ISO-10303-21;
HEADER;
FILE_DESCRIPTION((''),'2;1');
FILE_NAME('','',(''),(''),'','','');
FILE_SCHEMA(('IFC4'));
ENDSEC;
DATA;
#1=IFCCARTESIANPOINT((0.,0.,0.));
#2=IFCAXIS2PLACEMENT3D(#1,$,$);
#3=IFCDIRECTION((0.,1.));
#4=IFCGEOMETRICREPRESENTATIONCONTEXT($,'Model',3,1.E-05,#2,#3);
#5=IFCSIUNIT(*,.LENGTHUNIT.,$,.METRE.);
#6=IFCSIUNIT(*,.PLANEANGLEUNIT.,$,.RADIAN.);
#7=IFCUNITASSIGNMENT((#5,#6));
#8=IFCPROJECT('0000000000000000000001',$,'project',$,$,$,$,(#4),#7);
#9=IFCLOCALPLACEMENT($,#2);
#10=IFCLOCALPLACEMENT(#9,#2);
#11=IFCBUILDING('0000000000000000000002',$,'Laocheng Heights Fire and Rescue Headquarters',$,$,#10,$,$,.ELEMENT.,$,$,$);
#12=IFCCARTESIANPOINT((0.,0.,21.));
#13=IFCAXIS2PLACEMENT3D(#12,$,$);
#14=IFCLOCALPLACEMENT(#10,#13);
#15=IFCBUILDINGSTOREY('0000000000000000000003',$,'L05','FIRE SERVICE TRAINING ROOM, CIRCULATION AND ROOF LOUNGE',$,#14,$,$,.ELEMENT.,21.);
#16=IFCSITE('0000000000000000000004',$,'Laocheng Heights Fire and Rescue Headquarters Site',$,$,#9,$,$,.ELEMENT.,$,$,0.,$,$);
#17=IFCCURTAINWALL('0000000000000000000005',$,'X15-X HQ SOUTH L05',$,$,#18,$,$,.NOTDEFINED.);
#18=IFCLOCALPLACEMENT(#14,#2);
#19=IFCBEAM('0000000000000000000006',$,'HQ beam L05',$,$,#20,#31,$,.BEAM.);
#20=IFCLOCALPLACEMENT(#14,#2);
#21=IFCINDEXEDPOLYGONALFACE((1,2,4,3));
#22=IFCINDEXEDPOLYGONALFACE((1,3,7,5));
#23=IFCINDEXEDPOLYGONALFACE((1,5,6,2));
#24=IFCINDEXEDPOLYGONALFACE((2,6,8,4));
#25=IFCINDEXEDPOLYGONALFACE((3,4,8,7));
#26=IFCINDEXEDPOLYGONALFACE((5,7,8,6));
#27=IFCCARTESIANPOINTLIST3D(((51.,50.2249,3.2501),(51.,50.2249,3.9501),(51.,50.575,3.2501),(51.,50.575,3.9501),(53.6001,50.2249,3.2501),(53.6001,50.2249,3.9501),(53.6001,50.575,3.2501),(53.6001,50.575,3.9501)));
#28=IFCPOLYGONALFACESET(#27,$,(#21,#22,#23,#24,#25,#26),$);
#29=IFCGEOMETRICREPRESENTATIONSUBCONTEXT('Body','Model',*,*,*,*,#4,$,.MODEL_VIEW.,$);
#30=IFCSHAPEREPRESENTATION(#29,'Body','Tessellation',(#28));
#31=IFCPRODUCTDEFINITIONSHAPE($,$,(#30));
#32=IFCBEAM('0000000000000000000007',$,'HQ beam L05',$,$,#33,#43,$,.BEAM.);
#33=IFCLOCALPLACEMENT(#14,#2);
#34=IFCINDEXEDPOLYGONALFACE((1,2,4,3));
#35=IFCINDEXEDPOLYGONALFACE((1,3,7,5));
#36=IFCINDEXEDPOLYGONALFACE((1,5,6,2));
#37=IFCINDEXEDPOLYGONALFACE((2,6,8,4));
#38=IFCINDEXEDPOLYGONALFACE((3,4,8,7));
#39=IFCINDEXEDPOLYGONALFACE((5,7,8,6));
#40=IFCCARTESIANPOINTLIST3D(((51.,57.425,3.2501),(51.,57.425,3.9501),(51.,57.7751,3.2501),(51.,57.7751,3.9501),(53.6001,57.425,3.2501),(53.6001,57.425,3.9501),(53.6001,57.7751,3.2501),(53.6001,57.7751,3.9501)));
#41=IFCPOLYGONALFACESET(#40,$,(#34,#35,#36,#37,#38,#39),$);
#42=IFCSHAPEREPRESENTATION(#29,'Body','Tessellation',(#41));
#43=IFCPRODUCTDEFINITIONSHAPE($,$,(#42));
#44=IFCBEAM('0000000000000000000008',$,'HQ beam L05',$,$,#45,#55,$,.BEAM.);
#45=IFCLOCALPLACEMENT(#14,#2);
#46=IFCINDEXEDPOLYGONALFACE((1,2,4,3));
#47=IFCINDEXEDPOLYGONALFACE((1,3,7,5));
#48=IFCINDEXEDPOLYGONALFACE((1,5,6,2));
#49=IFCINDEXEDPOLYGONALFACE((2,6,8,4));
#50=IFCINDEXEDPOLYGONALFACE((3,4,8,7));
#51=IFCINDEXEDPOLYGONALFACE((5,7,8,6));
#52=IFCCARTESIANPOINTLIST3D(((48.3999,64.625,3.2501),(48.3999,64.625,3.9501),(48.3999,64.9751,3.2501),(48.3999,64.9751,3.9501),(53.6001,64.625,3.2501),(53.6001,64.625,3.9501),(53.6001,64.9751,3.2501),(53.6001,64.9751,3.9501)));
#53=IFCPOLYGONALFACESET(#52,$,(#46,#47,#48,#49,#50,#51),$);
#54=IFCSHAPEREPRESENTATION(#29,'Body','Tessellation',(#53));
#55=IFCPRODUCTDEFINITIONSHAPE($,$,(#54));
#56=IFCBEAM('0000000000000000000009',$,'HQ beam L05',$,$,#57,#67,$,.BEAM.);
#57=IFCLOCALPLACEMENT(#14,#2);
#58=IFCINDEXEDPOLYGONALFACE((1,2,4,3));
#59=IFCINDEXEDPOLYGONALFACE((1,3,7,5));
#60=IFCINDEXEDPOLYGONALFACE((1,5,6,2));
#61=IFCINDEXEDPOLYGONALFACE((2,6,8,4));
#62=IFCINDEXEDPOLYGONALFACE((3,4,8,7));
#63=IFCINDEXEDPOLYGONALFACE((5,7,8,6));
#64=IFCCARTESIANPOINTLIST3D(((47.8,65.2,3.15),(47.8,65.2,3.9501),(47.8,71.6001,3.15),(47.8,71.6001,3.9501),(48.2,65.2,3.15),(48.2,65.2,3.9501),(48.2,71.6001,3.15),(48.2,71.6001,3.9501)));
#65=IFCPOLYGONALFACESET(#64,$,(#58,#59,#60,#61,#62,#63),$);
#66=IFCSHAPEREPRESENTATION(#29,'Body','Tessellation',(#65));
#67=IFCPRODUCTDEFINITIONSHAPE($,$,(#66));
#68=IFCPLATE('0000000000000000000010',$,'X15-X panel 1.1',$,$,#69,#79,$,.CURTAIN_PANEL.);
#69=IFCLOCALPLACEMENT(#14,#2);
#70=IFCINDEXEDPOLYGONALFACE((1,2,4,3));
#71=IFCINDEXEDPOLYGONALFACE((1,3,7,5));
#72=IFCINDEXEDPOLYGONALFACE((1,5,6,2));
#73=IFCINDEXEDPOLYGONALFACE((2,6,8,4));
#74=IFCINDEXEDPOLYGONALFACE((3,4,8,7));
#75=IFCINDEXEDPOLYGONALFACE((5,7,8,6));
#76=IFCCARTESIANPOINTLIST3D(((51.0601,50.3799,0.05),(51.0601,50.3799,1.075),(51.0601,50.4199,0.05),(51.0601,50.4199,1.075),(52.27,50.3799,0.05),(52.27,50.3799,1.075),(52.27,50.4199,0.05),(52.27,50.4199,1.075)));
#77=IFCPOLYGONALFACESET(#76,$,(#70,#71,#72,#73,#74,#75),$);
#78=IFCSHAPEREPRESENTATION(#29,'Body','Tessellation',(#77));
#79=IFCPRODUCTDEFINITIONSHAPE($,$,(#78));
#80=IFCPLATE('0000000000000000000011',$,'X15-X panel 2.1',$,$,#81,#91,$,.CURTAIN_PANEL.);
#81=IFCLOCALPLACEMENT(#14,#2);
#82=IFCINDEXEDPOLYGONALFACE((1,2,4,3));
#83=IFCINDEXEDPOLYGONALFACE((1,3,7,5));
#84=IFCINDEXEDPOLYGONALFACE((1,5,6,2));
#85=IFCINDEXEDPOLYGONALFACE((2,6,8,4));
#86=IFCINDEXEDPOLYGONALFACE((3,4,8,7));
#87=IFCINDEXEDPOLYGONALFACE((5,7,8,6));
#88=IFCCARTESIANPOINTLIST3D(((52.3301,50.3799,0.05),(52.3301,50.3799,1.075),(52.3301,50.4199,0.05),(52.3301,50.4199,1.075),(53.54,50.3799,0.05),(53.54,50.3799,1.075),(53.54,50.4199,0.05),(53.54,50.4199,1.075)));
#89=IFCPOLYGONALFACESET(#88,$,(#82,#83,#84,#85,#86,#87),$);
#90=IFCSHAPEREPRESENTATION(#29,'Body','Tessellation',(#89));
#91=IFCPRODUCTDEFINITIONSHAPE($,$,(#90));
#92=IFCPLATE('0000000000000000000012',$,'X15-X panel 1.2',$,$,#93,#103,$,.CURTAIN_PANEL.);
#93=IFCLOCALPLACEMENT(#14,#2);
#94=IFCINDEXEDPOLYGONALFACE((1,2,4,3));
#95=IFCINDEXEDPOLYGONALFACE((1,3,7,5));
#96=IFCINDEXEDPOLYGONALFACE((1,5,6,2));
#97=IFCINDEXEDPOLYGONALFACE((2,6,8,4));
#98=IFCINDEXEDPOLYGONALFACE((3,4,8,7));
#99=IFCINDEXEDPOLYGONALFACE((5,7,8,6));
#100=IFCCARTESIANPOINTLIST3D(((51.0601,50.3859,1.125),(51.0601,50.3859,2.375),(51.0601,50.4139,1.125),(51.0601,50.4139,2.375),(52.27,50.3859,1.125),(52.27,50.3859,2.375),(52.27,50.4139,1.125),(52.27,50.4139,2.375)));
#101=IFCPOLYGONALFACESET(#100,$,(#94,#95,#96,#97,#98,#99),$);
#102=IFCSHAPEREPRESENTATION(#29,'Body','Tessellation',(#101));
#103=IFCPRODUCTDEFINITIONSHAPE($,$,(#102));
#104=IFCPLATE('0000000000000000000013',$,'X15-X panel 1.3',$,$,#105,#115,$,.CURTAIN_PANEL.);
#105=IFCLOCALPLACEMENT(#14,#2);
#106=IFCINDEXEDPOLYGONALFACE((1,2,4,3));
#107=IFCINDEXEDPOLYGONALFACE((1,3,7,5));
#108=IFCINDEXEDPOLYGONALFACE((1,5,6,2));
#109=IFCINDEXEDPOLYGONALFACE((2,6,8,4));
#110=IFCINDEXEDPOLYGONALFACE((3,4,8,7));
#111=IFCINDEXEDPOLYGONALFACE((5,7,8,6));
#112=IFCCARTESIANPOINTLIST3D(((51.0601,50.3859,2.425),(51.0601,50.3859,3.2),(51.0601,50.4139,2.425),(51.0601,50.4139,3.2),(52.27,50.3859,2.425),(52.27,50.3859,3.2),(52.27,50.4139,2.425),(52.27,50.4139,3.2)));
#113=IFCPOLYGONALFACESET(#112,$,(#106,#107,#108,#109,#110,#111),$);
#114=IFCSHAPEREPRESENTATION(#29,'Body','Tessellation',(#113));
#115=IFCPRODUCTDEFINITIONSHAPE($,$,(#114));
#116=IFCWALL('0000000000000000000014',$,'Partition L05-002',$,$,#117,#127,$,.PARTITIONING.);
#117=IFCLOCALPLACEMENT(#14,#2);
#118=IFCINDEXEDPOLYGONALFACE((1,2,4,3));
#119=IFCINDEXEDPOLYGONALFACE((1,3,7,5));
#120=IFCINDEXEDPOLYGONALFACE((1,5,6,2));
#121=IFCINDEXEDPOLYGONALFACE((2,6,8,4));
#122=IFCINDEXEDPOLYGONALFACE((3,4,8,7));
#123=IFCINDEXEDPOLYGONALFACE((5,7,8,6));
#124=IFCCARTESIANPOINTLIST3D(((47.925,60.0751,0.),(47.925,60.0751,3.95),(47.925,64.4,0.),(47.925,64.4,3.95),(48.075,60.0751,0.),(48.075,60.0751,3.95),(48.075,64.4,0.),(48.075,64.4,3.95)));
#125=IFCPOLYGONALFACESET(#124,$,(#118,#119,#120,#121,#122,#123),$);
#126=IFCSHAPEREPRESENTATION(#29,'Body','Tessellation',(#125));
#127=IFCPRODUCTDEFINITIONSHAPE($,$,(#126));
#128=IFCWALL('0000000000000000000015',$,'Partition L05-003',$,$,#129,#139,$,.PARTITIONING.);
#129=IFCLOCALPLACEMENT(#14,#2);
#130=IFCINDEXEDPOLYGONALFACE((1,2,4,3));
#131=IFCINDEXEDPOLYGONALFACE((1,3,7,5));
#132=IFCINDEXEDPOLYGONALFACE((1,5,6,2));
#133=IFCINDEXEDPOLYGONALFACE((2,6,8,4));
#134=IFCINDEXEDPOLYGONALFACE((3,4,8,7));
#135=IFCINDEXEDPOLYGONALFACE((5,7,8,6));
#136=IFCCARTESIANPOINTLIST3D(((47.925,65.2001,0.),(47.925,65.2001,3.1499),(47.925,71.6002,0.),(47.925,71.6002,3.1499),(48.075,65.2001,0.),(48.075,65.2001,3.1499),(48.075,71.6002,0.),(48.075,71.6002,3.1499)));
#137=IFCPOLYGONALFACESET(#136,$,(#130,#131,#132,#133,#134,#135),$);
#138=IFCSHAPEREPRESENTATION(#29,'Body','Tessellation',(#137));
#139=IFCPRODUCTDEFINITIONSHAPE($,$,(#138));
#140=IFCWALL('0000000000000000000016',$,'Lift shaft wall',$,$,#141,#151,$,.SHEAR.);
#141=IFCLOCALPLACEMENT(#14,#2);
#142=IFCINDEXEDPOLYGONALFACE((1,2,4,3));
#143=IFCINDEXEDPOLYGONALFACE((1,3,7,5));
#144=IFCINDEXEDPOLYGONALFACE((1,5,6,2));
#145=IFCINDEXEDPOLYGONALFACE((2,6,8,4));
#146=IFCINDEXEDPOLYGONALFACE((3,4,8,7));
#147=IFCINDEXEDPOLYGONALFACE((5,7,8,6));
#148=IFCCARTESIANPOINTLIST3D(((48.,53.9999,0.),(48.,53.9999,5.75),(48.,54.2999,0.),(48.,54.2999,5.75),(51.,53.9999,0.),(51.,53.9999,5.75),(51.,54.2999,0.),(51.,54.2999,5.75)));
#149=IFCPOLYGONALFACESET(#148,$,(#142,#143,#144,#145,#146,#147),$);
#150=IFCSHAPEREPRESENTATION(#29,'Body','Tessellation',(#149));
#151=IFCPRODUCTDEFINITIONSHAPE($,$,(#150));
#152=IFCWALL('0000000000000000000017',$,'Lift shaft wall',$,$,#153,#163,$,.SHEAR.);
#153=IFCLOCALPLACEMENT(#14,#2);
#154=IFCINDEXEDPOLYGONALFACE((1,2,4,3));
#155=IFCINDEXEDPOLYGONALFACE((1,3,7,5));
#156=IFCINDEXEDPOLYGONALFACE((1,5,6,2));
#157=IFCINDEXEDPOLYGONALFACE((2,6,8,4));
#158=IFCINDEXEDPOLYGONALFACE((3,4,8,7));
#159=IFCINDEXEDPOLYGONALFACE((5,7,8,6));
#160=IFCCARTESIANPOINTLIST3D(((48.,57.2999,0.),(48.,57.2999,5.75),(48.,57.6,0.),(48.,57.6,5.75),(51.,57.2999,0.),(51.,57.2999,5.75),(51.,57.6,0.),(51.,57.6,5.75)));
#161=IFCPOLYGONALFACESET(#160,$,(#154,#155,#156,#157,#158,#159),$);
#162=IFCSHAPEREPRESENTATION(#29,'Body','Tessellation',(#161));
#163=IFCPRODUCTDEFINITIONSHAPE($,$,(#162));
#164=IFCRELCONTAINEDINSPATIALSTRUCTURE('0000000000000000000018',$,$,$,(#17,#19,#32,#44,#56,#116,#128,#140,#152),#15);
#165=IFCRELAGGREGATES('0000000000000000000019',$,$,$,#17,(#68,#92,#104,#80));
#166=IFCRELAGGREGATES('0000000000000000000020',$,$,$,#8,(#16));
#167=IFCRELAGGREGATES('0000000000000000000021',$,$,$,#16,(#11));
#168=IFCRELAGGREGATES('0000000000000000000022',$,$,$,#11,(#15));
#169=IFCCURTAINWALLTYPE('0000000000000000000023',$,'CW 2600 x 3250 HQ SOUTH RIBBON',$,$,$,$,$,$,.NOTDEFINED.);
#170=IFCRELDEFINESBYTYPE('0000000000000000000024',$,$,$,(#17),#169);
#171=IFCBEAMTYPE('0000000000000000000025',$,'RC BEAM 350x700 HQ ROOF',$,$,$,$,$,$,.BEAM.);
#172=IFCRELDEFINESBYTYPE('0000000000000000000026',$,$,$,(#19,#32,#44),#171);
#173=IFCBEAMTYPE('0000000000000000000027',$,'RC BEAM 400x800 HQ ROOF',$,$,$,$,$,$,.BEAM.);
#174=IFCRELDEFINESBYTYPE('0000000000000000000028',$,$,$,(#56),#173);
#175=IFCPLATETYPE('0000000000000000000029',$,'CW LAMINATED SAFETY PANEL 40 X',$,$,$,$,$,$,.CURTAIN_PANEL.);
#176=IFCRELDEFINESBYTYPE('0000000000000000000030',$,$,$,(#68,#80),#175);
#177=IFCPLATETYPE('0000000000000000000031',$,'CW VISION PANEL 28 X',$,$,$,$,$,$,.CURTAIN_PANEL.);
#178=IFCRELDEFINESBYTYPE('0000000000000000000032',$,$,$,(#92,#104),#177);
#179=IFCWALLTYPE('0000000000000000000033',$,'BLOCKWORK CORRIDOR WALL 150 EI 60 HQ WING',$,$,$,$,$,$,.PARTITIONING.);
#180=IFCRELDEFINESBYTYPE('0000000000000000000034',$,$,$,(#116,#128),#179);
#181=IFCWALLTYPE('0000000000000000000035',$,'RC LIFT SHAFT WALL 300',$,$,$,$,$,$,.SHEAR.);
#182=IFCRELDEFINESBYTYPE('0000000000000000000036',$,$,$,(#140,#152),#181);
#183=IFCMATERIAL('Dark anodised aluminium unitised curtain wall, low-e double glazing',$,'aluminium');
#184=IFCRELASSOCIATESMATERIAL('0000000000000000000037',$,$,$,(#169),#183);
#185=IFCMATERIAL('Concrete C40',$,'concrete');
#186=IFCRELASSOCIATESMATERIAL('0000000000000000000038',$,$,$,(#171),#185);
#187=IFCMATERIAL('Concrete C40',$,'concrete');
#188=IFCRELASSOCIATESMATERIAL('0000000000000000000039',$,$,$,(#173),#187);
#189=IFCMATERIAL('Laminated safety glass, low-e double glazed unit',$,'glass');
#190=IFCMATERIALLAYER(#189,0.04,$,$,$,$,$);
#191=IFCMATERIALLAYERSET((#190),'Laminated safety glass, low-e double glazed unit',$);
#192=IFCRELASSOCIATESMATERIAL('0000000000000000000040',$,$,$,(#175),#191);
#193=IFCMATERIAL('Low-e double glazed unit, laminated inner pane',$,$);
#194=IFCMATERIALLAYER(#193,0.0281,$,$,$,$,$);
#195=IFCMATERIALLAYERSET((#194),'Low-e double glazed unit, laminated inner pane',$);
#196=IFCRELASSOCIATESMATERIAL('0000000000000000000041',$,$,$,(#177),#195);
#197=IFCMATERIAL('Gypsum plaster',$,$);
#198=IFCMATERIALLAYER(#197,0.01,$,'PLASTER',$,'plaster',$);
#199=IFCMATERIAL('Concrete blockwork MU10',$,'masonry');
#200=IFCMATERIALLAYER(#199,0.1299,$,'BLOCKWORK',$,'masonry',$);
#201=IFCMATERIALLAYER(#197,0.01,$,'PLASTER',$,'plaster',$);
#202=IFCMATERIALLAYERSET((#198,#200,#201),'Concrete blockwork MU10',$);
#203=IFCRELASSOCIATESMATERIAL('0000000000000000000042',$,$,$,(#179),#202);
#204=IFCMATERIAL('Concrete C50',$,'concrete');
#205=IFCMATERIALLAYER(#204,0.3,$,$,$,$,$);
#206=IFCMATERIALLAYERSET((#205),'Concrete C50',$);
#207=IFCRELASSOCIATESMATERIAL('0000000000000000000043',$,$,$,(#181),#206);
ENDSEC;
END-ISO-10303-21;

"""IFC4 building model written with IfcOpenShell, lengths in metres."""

from ifc_helpers import new_model, si_unit, direction, frame, frame_2d, origin, origin_2d, place, context, subcontext, project, spatial, rectangle, extrude, material, layer, layer_set, material_profile, profile_set, type_object, element, aggregate, save


model = new_model("IFC4")

# Units and contexts
model_context = context("Model", 3, precision=1e-05, world=origin(), true_north=direction((0.0, 1.0)))
body_context = subcontext(model_context, "Body", "Model", "MODEL_VIEW")
ifc_project = project(units=[si_unit("LENGTHUNIT", "METRE"), si_unit("PLANEANGLEUNIT", "RADIAN")], contexts=[model_context])

# Site, building, storey
site_placement = place(None, origin())
site = spatial("IfcSite", under=ifc_project, at=site_placement, Name="Laocheng Heights Fire and Rescue Headquarters Site", CompositionType="ELEMENT", RefElevation=0.0)
building_placement = place(site_placement, origin())
building = spatial("IfcBuilding", under=site, at=building_placement, Name="Laocheng Heights Fire and Rescue Headquarters", CompositionType="ELEMENT")
storey_placement = place(building_placement, frame((0.0, 0.0, 21.0)))
storey = spatial("IfcBuildingStorey", under=building, at=storey_placement, Name="L05", Description="FIRE SERVICE TRAINING ROOM, CIRCULATION AND ROOF LOUNGE", CompositionType="ELEMENT", Elevation=21.0)

# Curtain wall
ifc_material_1 = material(Name="Dark anodised aluminium unitised curtain wall, low-e double glazing", Category="aluminium")
curtain_wall_type = type_object("IfcCurtainWallType", Name="CW 2600 x 3250 HQ SOUTH RIBBON", PredefinedType="NOTDEFINED", material=ifc_material_1)
curtain_wall_placement = place(storey_placement, origin())
curtain_wall = element("IfcCurtainWall", 1, at=curtain_wall_placement, inside=storey, type_object=curtain_wall_type, Name="X15-X HQ SOUTH L05", PredefinedType="NOTDEFINED")

# Beams
ifc_material_2 = material(Name="Concrete C40", Category="concrete")
ifc_material_profile_1 = material_profile(ifc_material_2, rectangle(XDim=0.3501, YDim=0.7, at=origin_2d()), Name="RC BEAM 350x700 HQ ROOF")
ifc_profile_set_1 = profile_set([ifc_material_profile_1], Name="Concrete C40")
beam_type_1 = type_object("IfcBeamType", Name="RC BEAM 350x700 HQ ROOF", PredefinedType="BEAM", material=ifc_profile_set_1)
for number, where, z_axis, x_axis, name in (
    (2, (51.0, 50.3999, 3.6001), (1.0, 0.0, 0.0), (0.0, 1.0, 0.0), "HQ beam L05"),
    (3, (51.0, 57.6001, 3.6001), (1.0, 0.0, 0.0), (0.0, 1.0, 0.0), "HQ beam L05"),
):
    element("IfcBeam", number, at=place(storey_placement, frame(where, z_axis=z_axis, x_axis=x_axis)), inside=storey, type_object=beam_type_1, Name=name, PredefinedType="BEAM", context=body_context, shape_type="SweptSolid", body=[
        extrude(rectangle(XDim=0.3501, YDim=0.7, at=origin_2d()), origin(), (0.0, 0.0, 1.0), 2.6001),
    ])
beam_1_placement = place(storey_placement, frame((48.3999, 64.8, 3.6001), z_axis=(1.0, 0.0, 0.0), x_axis=(0.0, 1.0, 0.0)))
element("IfcBeam", 4, at=beam_1_placement, inside=storey, type_object=beam_type_1, Name="HQ beam L05", PredefinedType="BEAM", context=body_context, shape_type="SweptSolid", body=[
    extrude(rectangle(XDim=0.3501, YDim=0.7, at=origin_2d()), origin(), (0.0, 0.0, 1.0), 5.2002),
])
ifc_material_3 = material(Name="Concrete C40", Category="concrete")
ifc_material_profile_2 = material_profile(ifc_material_3, rectangle(XDim=0.3999, YDim=0.8, at=origin_2d()), Name="RC BEAM 400x800 HQ ROOF")
ifc_profile_set_2 = profile_set([ifc_material_profile_2], Name="Concrete C40")
beam_type_2 = type_object("IfcBeamType", Name="RC BEAM 400x800 HQ ROOF", PredefinedType="BEAM", material=ifc_profile_set_2)
beam_2_placement = place(storey_placement, frame((48.0, 65.2, 3.55), z_axis=(0.0, 1.0, 0.0), x_axis=(-1.0, 0.0, 0.0)))
element("IfcBeam", 5, at=beam_2_placement, inside=storey, type_object=beam_type_2, Name="HQ beam L05", PredefinedType="BEAM", context=body_context, shape_type="SweptSolid", body=[
    extrude(rectangle(XDim=0.3999, YDim=0.8, at=origin_2d()), origin(), (0.0, 0.0, 1.0), 6.4001),
])

# Plates
ifc_material_4 = material(Name="Laminated safety glass, low-e double glazed unit", Category="glass")
ifc_layer_1 = layer(ifc_material_4, 0.04)
ifc_layer_set_1 = layer_set([ifc_layer_1], Name="Laminated safety glass, low-e double glazed unit")
plate_type_1 = type_object("IfcPlateType", Name="CW LAMINATED SAFETY PANEL 40 X", PredefinedType="CURTAIN_PANEL", material=ifc_layer_set_1)
plate_1_placement = place(storey_placement, frame((51.665, 50.3999, 0.05), z_axis=(0.0, 0.0, 1.0), x_axis=(1.0, 0.0, 0.0)))
plate_1 = element("IfcPlate", 6, at=plate_1_placement, type_object=plate_type_1, Name="X15-X panel 1.1", PredefinedType="CURTAIN_PANEL", context=body_context, shape_type="SweptSolid", body=[
    extrude(rectangle(XDim=1.21, YDim=0.04, at=origin_2d()), origin(), (0.0, 0.0, 1.0), 1.0249),
])
plate_2_placement = place(storey_placement, frame((52.9351, 50.3999, 0.05), z_axis=(0.0, 0.0, 1.0), x_axis=(1.0, 0.0, 0.0)))
plate_2 = element("IfcPlate", 7, at=plate_2_placement, type_object=plate_type_1, Name="X15-X panel 2.1", PredefinedType="CURTAIN_PANEL", context=body_context, shape_type="SweptSolid", body=[
    extrude(rectangle(XDim=1.21, YDim=0.04, at=origin_2d()), origin(), (0.0, 0.0, 1.0), 1.0249),
])
ifc_material_5 = material(Name="Low-e double glazed unit, laminated inner pane")
ifc_layer_2 = layer(ifc_material_5, 0.0281)
ifc_layer_set_2 = layer_set([ifc_layer_2], Name="Low-e double glazed unit, laminated inner pane")
plate_type_2 = type_object("IfcPlateType", Name="CW VISION PANEL 28 X", PredefinedType="CURTAIN_PANEL", material=ifc_layer_set_2)
plate_3_placement = place(storey_placement, frame((51.665, 50.3999, 1.125), z_axis=(0.0, 0.0, 1.0), x_axis=(1.0, 0.0, 0.0)))
plate_3 = element("IfcPlate", 8, at=plate_3_placement, type_object=plate_type_2, Name="X15-X panel 1.2", PredefinedType="CURTAIN_PANEL", context=body_context, shape_type="SweptSolid", body=[
    extrude(rectangle(XDim=1.21, YDim=0.0281, at=origin_2d()), origin(), (0.0, 0.0, 1.0), 1.25),
])
plate_4_placement = place(storey_placement, frame((51.665, 50.3999, 2.425), z_axis=(0.0, 0.0, 1.0), x_axis=(1.0, 0.0, 0.0)))
plate_4 = element("IfcPlate", 9, at=plate_4_placement, type_object=plate_type_2, Name="X15-X panel 1.3", PredefinedType="CURTAIN_PANEL", context=body_context, shape_type="SweptSolid", body=[
    extrude(rectangle(XDim=1.21, YDim=0.0281, at=origin_2d()), origin(), (0.0, 0.0, 1.0), 0.7749),
])
aggregate(curtain_wall, [plate_1, plate_3, plate_4, plate_2])

# Walls
ifc_material_6 = material(Name="Gypsum plaster")
ifc_layer_3 = layer(ifc_material_6, 0.01, Name="PLASTER", Category="plaster")
ifc_material_7 = material(Name="Concrete blockwork MU10", Category="masonry")
ifc_layer_4 = layer(ifc_material_7, 0.1299, Name="BLOCKWORK", Category="masonry")
ifc_layer_5 = layer(ifc_material_6, 0.01, Name="PLASTER", Category="plaster")
ifc_layer_set_3 = layer_set([ifc_layer_3, ifc_layer_4, ifc_layer_5], Name="Concrete blockwork MU10")
wall_type_1 = type_object("IfcWallType", Name="BLOCKWORK CORRIDOR WALL 150 EI 60 HQ WING", PredefinedType="PARTITIONING", material=ifc_layer_set_3)
wall_1_placement = place(storey_placement, frame((48.0, 60.075, 0.0), z_axis=(0.0, 0.0, 1.0), x_axis=(0.0, 1.0, 0.0)))
element("IfcWall", 10, at=wall_1_placement, inside=storey, type_object=wall_type_1, Name="Partition L05-002", PredefinedType="PARTITIONING", context=body_context, shape_type="SweptSolid", body=[
    extrude(rectangle(XDim=4.325, YDim=0.1499, at=frame_2d((2.1626, 0.0))), origin(), (0.0, 0.0, 1.0), 3.95),
])
wall_2_placement = place(storey_placement, frame((48.0, 65.2, 0.0), z_axis=(0.0, 0.0, 1.0), x_axis=(0.0, 1.0, 0.0)))
element("IfcWall", 11, at=wall_2_placement, inside=storey, type_object=wall_type_1, Name="Partition L05-003", PredefinedType="PARTITIONING", context=body_context, shape_type="SweptSolid", body=[
    extrude(rectangle(XDim=6.4001, YDim=0.1499, at=frame_2d((3.2002, 0.0))), origin(), (0.0, 0.0, 1.0), 3.1499),
])
ifc_material_8 = material(Name="Concrete C50", Category="concrete")
ifc_layer_6 = layer(ifc_material_8, 0.3)
ifc_layer_set_4 = layer_set([ifc_layer_6], Name="Concrete C50")
wall_type_2 = type_object("IfcWallType", Name="RC LIFT SHAFT WALL 300", PredefinedType="SHEAR", material=ifc_layer_set_4)
for number, where, z_axis, x_axis, name in (
    (12, (48.0, 54.1499, 0.0), (0.0, 0.0, 1.0), (1.0, 0.0, 0.0), "Lift shaft wall"),
    (13, (48.0, 57.45, 0.0), (0.0, 0.0, 1.0), (1.0, 0.0, 0.0), "Lift shaft wall"),
):
    element("IfcWall", number, at=place(storey_placement, frame(where, z_axis=z_axis, x_axis=x_axis)), inside=storey, type_object=wall_type_2, Name=name, PredefinedType="SHEAR", context=body_context, shape_type="SweptSolid", body=[
        extrude(rectangle(XDim=3.0, YDim=0.3, at=frame_2d((1.5, 0.0))), origin(), (0.0, 0.0, 1.0), 5.75),
    ])

save(model, "model.ifc")
